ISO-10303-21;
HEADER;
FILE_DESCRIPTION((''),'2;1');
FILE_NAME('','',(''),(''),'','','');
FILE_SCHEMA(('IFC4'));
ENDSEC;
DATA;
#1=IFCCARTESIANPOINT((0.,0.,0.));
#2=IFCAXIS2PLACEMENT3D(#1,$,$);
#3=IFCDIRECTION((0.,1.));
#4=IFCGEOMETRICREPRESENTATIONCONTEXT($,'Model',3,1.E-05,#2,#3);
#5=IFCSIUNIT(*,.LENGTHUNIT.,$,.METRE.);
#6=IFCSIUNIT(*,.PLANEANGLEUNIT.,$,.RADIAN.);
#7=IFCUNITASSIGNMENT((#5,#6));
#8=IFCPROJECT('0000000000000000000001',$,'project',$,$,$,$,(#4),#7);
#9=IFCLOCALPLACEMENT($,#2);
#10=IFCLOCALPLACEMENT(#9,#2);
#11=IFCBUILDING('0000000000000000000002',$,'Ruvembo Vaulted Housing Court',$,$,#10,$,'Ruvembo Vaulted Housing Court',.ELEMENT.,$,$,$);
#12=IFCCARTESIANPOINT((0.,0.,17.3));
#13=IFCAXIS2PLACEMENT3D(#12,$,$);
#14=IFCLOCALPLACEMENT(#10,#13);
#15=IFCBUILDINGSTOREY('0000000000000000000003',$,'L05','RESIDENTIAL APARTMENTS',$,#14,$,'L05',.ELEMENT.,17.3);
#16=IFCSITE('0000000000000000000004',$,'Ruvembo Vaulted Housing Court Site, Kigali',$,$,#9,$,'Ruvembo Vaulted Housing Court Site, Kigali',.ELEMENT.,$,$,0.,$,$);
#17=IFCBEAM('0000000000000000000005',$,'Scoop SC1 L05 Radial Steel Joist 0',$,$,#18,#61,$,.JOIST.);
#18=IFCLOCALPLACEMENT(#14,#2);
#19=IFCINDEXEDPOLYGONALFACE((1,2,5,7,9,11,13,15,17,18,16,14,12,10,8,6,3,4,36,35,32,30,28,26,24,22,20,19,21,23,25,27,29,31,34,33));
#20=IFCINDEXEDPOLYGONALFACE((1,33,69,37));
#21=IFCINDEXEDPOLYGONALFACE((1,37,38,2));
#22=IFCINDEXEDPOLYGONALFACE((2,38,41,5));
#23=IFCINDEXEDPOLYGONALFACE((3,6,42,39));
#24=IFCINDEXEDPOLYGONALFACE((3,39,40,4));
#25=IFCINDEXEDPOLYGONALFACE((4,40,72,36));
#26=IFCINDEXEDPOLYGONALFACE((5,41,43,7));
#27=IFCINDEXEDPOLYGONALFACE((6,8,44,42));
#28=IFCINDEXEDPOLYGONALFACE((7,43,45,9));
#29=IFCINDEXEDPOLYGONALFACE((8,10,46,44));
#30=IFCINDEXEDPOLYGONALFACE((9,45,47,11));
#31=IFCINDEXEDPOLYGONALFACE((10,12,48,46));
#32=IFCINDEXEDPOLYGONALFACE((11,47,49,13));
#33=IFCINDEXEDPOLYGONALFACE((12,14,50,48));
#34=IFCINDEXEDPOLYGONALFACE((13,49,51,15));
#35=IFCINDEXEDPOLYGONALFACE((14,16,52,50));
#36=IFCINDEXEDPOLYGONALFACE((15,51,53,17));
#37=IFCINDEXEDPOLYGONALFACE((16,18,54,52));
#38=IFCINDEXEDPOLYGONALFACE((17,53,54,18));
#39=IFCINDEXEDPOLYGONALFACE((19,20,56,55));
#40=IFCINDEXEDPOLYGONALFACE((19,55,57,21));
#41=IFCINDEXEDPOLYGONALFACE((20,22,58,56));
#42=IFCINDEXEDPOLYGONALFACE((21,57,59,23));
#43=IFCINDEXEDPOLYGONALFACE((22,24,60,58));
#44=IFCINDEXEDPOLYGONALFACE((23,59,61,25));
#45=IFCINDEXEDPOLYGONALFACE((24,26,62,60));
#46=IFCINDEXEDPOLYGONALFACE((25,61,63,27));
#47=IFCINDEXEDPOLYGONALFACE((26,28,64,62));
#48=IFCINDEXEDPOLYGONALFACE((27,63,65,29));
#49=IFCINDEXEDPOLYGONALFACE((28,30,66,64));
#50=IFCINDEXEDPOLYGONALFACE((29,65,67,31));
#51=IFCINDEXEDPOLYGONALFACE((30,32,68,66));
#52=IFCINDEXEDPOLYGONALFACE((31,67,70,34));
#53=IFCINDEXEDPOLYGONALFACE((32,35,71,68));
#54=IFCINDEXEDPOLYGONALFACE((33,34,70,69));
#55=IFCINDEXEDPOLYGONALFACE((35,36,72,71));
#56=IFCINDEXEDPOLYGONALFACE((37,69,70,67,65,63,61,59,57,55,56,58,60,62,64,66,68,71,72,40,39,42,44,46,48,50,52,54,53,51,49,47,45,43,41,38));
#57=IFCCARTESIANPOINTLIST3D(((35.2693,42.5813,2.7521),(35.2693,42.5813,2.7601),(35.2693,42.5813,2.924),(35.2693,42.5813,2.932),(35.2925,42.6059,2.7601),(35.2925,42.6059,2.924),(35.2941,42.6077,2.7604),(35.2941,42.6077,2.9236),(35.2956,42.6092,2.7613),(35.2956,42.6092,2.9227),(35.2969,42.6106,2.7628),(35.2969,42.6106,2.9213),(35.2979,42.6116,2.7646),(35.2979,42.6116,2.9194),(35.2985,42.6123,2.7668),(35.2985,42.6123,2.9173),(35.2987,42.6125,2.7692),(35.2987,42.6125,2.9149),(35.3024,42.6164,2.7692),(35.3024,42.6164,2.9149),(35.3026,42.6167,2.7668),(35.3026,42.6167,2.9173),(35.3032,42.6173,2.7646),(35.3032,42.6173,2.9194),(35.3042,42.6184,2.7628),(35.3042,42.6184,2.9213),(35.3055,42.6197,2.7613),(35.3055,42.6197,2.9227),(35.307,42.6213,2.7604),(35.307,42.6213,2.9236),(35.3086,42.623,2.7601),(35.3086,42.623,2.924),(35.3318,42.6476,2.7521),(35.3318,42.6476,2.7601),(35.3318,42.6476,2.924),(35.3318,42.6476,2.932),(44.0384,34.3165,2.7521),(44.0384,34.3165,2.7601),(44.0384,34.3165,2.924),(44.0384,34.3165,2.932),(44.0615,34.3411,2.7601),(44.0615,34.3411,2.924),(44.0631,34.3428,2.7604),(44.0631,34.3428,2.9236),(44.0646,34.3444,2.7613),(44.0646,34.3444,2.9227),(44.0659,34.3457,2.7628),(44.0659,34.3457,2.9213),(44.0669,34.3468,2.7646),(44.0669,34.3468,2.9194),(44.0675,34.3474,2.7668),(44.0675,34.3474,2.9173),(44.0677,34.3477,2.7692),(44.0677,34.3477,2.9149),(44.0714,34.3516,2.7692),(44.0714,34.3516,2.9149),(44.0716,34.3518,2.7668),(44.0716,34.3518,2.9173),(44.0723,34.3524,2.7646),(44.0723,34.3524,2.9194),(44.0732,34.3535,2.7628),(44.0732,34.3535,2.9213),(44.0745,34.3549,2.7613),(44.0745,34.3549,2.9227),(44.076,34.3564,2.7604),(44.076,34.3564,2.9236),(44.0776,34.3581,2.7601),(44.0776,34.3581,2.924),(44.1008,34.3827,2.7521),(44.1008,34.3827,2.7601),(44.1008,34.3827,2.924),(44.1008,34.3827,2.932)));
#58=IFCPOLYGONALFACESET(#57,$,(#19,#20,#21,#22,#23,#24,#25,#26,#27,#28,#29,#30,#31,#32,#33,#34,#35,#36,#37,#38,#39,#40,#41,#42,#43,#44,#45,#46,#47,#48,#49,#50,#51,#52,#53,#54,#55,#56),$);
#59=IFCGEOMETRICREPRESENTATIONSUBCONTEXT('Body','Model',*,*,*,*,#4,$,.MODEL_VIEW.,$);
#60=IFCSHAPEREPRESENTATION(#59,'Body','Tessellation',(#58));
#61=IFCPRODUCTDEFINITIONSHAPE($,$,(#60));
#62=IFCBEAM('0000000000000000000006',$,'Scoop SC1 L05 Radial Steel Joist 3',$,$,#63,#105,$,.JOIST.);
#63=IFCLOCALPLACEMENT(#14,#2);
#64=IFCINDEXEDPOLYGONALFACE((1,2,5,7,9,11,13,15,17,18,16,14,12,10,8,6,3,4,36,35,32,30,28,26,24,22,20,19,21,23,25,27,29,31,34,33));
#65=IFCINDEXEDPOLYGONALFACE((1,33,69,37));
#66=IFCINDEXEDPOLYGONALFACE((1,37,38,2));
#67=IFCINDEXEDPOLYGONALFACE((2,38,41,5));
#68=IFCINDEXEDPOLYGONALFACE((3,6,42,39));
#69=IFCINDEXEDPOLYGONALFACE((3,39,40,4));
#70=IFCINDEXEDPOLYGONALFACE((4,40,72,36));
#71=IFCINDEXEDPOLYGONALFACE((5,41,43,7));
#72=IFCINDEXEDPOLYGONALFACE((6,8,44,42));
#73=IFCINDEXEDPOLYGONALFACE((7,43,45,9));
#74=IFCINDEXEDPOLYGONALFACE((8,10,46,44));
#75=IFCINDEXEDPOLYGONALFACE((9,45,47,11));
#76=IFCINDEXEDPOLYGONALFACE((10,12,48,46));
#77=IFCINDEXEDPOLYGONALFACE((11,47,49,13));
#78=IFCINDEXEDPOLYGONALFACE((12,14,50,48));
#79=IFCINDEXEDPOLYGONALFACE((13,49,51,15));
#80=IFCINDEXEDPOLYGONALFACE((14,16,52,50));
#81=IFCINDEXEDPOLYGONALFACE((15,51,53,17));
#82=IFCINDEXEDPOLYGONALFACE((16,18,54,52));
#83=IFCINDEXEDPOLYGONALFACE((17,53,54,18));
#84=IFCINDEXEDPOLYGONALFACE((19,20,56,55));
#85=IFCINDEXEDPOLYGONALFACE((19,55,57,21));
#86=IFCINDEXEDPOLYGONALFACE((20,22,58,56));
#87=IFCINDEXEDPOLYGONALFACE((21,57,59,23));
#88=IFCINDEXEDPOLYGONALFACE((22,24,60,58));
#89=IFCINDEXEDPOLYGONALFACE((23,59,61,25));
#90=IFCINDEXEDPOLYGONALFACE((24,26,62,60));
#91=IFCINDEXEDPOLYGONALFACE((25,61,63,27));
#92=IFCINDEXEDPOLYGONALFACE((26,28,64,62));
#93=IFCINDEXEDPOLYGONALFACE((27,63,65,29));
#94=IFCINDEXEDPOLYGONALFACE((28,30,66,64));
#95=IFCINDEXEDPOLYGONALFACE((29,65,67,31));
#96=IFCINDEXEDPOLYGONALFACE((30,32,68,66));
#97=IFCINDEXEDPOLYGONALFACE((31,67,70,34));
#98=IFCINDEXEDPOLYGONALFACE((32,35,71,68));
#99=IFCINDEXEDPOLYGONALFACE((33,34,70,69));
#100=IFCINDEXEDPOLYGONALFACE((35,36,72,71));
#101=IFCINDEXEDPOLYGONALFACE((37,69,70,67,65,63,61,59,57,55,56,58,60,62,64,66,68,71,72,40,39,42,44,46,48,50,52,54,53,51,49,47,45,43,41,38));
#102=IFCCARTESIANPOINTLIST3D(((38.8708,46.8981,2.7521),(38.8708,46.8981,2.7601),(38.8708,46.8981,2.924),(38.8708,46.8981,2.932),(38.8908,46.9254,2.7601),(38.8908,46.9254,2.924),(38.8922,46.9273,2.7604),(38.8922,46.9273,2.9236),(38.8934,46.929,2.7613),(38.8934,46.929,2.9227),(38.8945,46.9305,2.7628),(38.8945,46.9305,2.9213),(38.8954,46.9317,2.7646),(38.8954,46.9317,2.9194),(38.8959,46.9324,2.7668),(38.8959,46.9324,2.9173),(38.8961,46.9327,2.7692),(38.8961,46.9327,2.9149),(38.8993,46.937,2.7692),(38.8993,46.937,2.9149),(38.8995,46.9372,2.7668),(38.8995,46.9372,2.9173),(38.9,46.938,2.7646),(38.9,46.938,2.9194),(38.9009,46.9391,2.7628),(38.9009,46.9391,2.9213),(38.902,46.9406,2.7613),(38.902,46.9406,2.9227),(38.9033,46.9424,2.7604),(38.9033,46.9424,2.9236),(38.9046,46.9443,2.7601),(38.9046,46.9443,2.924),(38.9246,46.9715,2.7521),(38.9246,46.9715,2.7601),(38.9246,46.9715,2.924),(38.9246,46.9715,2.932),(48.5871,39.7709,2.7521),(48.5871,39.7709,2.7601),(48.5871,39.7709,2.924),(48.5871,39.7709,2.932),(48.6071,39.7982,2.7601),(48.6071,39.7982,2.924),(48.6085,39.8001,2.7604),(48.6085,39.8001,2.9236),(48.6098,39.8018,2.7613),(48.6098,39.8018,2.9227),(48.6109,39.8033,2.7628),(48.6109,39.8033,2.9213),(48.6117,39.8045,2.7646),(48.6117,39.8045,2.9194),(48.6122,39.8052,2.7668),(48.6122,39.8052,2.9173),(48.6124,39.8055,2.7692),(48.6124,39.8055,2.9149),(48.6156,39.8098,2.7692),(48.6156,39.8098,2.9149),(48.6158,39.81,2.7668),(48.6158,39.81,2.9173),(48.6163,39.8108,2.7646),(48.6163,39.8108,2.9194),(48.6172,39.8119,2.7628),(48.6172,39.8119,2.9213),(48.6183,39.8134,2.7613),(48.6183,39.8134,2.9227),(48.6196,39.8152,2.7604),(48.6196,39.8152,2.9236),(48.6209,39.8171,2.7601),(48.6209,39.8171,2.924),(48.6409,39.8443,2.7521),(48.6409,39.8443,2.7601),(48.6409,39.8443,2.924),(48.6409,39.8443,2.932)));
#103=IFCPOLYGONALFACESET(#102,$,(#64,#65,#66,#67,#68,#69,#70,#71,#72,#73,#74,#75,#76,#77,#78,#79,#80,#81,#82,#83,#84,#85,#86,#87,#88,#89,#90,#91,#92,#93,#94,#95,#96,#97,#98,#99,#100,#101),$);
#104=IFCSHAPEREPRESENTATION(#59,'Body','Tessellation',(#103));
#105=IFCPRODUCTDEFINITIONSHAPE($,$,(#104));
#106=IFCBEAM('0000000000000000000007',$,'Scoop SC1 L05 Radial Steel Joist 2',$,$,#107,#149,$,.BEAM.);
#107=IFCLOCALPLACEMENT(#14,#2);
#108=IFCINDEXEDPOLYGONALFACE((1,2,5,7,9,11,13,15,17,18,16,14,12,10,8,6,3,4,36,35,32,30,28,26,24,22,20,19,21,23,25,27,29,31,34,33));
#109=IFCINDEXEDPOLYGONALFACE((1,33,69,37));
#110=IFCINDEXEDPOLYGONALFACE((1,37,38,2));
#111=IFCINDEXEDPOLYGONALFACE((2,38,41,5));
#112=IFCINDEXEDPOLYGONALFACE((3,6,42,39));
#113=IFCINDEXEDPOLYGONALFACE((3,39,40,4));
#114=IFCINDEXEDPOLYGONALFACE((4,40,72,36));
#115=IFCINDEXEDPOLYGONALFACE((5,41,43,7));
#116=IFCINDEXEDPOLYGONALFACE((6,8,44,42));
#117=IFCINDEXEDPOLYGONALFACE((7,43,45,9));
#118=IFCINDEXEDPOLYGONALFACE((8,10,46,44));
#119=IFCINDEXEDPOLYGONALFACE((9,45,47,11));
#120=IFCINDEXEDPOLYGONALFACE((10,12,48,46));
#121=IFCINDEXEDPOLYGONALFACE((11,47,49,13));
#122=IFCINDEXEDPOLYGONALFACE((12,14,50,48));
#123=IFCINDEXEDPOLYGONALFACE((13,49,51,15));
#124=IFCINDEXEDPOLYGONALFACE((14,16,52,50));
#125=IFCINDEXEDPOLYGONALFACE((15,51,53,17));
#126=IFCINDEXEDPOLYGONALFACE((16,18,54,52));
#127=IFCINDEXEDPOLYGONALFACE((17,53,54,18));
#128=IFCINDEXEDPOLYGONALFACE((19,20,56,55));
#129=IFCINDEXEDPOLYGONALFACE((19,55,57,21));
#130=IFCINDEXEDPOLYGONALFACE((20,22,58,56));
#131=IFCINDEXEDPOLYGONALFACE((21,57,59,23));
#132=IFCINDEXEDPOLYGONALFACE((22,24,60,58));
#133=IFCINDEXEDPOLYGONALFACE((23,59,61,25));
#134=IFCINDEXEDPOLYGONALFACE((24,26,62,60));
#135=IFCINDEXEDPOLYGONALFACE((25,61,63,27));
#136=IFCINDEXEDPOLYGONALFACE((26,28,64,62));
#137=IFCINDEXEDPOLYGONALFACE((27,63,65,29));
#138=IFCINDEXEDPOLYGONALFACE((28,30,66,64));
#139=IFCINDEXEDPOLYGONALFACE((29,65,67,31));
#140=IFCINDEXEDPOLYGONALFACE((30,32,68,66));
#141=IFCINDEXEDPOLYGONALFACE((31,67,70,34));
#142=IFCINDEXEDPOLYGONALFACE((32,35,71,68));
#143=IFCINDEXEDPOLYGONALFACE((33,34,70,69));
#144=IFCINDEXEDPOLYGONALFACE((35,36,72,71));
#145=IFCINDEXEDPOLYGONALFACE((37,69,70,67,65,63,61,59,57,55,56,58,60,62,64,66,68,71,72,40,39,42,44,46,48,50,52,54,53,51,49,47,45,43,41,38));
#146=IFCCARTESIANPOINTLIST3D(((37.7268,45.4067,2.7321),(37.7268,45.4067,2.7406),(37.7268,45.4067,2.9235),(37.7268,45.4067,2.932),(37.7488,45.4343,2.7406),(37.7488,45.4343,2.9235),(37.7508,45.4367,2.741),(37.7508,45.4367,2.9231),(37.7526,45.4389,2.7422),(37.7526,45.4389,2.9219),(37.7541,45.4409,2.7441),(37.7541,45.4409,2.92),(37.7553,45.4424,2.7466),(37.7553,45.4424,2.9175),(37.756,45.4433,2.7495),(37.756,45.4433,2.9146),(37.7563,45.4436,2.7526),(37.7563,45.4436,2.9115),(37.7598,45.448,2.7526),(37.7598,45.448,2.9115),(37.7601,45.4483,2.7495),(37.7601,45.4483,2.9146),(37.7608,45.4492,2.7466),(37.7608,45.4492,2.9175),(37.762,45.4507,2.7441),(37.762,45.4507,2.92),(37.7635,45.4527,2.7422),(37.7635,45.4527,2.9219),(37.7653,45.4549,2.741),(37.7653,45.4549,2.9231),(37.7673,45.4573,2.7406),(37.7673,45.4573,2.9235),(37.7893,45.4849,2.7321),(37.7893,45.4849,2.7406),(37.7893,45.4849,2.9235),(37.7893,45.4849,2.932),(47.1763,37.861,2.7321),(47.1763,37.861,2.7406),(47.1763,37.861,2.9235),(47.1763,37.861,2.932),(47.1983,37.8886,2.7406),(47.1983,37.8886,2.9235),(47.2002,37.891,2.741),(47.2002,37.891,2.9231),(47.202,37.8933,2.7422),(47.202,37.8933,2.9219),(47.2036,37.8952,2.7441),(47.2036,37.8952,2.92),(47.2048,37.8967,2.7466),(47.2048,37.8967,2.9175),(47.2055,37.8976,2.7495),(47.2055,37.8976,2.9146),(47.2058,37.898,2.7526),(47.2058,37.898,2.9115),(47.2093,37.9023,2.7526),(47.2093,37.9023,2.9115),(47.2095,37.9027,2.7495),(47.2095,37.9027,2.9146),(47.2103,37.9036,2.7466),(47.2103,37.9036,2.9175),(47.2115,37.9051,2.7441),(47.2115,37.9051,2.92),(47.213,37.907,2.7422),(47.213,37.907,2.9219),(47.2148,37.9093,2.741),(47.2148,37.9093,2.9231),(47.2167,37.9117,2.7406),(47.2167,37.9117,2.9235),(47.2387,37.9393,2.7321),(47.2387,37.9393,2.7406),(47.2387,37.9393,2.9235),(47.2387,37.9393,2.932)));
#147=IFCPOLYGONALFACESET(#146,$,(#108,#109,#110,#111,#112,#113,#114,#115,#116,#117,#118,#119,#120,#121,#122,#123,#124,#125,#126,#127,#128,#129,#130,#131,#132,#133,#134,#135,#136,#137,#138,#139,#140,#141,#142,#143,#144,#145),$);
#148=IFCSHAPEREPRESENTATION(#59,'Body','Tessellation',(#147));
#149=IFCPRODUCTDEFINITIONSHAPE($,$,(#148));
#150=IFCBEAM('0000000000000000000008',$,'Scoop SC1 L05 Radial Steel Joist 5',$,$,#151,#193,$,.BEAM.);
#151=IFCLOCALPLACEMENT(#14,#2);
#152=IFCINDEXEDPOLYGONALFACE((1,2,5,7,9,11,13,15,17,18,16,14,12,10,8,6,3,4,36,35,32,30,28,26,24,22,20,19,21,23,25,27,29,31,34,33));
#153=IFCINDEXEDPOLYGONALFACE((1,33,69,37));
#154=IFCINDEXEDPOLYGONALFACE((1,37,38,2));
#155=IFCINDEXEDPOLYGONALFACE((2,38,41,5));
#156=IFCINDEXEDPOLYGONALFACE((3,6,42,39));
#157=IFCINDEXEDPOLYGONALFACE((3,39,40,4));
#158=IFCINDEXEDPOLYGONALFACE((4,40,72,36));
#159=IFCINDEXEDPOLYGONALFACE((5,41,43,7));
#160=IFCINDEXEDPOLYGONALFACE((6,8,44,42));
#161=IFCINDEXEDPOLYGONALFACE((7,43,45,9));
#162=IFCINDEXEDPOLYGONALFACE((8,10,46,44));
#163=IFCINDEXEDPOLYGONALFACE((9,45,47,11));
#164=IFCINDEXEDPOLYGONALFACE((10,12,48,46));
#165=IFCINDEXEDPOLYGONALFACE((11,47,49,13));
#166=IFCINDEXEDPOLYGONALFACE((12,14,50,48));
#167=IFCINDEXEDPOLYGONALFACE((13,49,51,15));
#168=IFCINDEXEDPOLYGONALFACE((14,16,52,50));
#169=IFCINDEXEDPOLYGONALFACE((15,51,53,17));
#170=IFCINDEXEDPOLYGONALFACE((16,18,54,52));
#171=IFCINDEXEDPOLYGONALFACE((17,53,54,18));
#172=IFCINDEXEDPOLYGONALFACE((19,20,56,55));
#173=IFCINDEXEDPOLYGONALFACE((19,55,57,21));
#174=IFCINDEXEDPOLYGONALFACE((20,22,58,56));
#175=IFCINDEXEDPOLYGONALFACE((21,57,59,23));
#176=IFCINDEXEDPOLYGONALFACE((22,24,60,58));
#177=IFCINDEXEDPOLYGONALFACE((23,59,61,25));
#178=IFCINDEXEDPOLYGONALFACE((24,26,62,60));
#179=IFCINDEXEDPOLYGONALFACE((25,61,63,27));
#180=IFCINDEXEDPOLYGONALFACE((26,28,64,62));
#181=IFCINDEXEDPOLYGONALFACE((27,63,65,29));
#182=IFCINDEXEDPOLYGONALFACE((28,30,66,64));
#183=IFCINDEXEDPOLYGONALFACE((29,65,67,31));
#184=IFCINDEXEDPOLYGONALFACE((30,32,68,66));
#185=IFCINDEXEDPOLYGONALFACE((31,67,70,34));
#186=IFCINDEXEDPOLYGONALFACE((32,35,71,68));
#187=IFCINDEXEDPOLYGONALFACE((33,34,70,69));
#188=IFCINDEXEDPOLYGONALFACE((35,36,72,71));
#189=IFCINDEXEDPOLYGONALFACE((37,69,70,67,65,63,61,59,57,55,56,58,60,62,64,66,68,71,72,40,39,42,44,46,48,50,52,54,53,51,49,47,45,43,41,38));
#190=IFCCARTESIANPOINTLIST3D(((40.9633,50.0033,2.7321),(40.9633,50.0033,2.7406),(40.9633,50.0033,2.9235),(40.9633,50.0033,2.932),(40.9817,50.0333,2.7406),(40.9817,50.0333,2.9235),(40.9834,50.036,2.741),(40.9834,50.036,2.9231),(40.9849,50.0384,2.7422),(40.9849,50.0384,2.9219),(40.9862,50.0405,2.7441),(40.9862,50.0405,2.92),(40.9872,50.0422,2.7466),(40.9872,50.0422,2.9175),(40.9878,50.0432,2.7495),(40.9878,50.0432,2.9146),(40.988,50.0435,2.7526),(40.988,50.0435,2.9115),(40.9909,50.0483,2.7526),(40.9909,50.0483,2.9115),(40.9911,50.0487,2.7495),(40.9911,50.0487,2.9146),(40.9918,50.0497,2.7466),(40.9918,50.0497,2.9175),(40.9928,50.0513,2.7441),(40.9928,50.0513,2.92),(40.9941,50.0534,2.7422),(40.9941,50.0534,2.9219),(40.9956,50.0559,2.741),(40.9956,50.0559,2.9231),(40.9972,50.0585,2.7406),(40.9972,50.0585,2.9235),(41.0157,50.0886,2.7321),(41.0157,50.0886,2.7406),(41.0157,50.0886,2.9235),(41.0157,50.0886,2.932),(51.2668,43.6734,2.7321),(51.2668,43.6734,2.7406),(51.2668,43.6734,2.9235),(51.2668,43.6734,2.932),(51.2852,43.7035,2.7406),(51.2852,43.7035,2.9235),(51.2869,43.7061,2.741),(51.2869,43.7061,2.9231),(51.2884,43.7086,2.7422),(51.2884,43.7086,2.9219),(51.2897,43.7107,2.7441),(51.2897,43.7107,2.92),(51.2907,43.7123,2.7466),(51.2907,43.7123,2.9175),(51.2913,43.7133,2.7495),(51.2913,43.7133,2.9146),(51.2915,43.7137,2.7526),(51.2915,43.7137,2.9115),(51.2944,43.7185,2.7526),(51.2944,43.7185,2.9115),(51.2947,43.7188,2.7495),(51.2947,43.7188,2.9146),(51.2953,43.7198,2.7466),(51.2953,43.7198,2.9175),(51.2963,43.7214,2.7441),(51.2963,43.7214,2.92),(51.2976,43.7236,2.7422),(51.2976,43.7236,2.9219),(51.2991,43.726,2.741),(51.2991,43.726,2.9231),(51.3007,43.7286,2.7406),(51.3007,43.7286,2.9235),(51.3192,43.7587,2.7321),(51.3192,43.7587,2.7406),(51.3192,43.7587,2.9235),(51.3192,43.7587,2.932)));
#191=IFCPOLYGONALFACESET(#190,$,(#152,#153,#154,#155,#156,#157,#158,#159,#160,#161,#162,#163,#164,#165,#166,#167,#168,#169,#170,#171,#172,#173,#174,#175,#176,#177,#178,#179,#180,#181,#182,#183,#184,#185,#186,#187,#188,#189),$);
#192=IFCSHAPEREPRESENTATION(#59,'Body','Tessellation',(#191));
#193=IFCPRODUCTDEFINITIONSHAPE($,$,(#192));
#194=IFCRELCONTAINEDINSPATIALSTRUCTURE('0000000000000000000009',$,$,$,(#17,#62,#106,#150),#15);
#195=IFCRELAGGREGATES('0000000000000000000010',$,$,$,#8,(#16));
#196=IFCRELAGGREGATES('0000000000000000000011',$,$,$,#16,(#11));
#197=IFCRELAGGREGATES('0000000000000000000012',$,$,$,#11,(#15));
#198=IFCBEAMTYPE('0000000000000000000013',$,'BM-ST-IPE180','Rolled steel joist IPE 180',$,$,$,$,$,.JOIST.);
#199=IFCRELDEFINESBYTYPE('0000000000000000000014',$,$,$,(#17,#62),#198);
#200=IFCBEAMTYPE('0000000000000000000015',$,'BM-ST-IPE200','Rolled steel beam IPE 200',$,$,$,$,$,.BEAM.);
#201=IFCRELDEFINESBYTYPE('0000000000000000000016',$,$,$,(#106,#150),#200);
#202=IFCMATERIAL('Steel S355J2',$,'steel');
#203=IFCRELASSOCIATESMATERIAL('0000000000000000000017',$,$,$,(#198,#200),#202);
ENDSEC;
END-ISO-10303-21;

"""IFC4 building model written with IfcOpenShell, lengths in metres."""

from ifc_helpers import new_model, si_unit, direction, frame, origin, origin_2d, place, context, subcontext, project, spatial, i_section, extrude, material, material_profile, profile_set, type_object, element, save


model = new_model("IFC4")

# Units and contexts
model_context = context("Model", 3, precision=1e-05, world=origin(), true_north=direction((0.0, 1.0)))
body_context = subcontext(model_context, "Body", "Model", "MODEL_VIEW")
ifc_project = project(units=[si_unit("LENGTHUNIT", "METRE"), si_unit("PLANEANGLEUNIT", "RADIAN")], contexts=[model_context])

# Site, building, storey
site_placement = place(None, origin())
site = spatial("IfcSite", under=ifc_project, at=site_placement, Name="Ruvembo Vaulted Housing Court Site, Kigali", LongName="Ruvembo Vaulted Housing Court Site, Kigali", CompositionType="ELEMENT", RefElevation=0.0)
building_placement = place(site_placement, origin())
building = spatial("IfcBuilding", under=site, at=building_placement, Name="Ruvembo Vaulted Housing Court", LongName="Ruvembo Vaulted Housing Court", CompositionType="ELEMENT")
storey_placement = place(building_placement, frame((0.0, 0.0, 17.3)))
storey = spatial("IfcBuildingStorey", under=building, at=storey_placement, Name="L05", Description="RESIDENTIAL APARTMENTS", LongName="L05", CompositionType="ELEMENT", Elevation=17.3)

# Beams
ifc_material_1 = material(Name="Steel S355J2", Category="steel")
ifc_material_profile_1 = material_profile(ifc_material_1, i_section(OverallWidth=0.0911, OverallDepth=0.1799, WebThickness=0.0054, FlangeThickness=0.0081, FilletRadius=0.009, at=origin_2d()), Name="IPE 180")
ifc_profile_set_1 = profile_set([ifc_material_profile_1], Name="Steel S355J2")
beam_type_1 = type_object("IfcBeamType", Name="BM-ST-IPE180", Description="Rolled steel joist IPE 180", PredefinedType="JOIST", material=ifc_profile_set_1)
for number, where, z_axis, x_axis, name in (
    (1, (44.0696, 34.3496, 2.842), (-0.727716, 0.685878, 0.0), (-0.685878, -0.727716, 0.0), "Scoop SC1 L05 Radial Steel Joist 0"),
    (2, (48.614, 39.8076, 2.842), (-0.80633, 0.591466, 0.0), (-0.591466, -0.80633, 0.0), "Scoop SC1 L05 Radial Steel Joist 3"),
):
    element("IfcBeam", number, at=place(storey_placement, frame(where, z_axis=z_axis, x_axis=x_axis)), inside=storey, type_object=beam_type_1, Name=name, PredefinedType="JOIST", context=body_context, shape_type="SweptSolid", body=[
        extrude(i_section(OverallWidth=0.0911, OverallDepth=0.1799, WebThickness=0.0054, FlangeThickness=0.0081, FilletRadius=0.009, at=origin_2d()), origin(), (0.0, 0.0, 1.0), 12.05),
    ])
ifc_material_profile_2 = material_profile(ifc_material_1, i_section(OverallWidth=0.1001, OverallDepth=0.2, WebThickness=0.0056, FlangeThickness=0.0085, FilletRadius=0.012, at=origin_2d()), Name="IPE 200")
ifc_profile_set_2 = profile_set([ifc_material_profile_2], Name="Steel S355J2")
beam_type_2 = type_object("IfcBeamType", Name="BM-ST-IPE200", Description="Rolled steel beam IPE 200", PredefinedType="BEAM", material=ifc_profile_set_2)
for number, where, z_axis, x_axis, name in (
    (3, (47.2075, 37.9001, 2.832), (-0.78143, 0.623993, 0.0), (-0.623993, -0.78143, 0.0), "Scoop SC1 L05 Radial Steel Joist 2"),
    (4, (51.293, 43.7161, 2.832), (-0.852055, 0.523452, 0.0), (-0.523452, -0.852055, 0.0), "Scoop SC1 L05 Radial Steel Joist 5"),
):
    element("IfcBeam", number, at=place(storey_placement, frame(where, z_axis=z_axis, x_axis=x_axis)), inside=storey, type_object=beam_type_2, Name=name, PredefinedType="BEAM", context=body_context, shape_type="SweptSolid", body=[
        extrude(i_section(OverallWidth=0.1001, OverallDepth=0.2, WebThickness=0.0056, FlangeThickness=0.0085, FilletRadius=0.012, at=origin_2d()), origin(), (0.0, 0.0, 1.0), 12.0925),
    ])

save(model, "model.ifc")
